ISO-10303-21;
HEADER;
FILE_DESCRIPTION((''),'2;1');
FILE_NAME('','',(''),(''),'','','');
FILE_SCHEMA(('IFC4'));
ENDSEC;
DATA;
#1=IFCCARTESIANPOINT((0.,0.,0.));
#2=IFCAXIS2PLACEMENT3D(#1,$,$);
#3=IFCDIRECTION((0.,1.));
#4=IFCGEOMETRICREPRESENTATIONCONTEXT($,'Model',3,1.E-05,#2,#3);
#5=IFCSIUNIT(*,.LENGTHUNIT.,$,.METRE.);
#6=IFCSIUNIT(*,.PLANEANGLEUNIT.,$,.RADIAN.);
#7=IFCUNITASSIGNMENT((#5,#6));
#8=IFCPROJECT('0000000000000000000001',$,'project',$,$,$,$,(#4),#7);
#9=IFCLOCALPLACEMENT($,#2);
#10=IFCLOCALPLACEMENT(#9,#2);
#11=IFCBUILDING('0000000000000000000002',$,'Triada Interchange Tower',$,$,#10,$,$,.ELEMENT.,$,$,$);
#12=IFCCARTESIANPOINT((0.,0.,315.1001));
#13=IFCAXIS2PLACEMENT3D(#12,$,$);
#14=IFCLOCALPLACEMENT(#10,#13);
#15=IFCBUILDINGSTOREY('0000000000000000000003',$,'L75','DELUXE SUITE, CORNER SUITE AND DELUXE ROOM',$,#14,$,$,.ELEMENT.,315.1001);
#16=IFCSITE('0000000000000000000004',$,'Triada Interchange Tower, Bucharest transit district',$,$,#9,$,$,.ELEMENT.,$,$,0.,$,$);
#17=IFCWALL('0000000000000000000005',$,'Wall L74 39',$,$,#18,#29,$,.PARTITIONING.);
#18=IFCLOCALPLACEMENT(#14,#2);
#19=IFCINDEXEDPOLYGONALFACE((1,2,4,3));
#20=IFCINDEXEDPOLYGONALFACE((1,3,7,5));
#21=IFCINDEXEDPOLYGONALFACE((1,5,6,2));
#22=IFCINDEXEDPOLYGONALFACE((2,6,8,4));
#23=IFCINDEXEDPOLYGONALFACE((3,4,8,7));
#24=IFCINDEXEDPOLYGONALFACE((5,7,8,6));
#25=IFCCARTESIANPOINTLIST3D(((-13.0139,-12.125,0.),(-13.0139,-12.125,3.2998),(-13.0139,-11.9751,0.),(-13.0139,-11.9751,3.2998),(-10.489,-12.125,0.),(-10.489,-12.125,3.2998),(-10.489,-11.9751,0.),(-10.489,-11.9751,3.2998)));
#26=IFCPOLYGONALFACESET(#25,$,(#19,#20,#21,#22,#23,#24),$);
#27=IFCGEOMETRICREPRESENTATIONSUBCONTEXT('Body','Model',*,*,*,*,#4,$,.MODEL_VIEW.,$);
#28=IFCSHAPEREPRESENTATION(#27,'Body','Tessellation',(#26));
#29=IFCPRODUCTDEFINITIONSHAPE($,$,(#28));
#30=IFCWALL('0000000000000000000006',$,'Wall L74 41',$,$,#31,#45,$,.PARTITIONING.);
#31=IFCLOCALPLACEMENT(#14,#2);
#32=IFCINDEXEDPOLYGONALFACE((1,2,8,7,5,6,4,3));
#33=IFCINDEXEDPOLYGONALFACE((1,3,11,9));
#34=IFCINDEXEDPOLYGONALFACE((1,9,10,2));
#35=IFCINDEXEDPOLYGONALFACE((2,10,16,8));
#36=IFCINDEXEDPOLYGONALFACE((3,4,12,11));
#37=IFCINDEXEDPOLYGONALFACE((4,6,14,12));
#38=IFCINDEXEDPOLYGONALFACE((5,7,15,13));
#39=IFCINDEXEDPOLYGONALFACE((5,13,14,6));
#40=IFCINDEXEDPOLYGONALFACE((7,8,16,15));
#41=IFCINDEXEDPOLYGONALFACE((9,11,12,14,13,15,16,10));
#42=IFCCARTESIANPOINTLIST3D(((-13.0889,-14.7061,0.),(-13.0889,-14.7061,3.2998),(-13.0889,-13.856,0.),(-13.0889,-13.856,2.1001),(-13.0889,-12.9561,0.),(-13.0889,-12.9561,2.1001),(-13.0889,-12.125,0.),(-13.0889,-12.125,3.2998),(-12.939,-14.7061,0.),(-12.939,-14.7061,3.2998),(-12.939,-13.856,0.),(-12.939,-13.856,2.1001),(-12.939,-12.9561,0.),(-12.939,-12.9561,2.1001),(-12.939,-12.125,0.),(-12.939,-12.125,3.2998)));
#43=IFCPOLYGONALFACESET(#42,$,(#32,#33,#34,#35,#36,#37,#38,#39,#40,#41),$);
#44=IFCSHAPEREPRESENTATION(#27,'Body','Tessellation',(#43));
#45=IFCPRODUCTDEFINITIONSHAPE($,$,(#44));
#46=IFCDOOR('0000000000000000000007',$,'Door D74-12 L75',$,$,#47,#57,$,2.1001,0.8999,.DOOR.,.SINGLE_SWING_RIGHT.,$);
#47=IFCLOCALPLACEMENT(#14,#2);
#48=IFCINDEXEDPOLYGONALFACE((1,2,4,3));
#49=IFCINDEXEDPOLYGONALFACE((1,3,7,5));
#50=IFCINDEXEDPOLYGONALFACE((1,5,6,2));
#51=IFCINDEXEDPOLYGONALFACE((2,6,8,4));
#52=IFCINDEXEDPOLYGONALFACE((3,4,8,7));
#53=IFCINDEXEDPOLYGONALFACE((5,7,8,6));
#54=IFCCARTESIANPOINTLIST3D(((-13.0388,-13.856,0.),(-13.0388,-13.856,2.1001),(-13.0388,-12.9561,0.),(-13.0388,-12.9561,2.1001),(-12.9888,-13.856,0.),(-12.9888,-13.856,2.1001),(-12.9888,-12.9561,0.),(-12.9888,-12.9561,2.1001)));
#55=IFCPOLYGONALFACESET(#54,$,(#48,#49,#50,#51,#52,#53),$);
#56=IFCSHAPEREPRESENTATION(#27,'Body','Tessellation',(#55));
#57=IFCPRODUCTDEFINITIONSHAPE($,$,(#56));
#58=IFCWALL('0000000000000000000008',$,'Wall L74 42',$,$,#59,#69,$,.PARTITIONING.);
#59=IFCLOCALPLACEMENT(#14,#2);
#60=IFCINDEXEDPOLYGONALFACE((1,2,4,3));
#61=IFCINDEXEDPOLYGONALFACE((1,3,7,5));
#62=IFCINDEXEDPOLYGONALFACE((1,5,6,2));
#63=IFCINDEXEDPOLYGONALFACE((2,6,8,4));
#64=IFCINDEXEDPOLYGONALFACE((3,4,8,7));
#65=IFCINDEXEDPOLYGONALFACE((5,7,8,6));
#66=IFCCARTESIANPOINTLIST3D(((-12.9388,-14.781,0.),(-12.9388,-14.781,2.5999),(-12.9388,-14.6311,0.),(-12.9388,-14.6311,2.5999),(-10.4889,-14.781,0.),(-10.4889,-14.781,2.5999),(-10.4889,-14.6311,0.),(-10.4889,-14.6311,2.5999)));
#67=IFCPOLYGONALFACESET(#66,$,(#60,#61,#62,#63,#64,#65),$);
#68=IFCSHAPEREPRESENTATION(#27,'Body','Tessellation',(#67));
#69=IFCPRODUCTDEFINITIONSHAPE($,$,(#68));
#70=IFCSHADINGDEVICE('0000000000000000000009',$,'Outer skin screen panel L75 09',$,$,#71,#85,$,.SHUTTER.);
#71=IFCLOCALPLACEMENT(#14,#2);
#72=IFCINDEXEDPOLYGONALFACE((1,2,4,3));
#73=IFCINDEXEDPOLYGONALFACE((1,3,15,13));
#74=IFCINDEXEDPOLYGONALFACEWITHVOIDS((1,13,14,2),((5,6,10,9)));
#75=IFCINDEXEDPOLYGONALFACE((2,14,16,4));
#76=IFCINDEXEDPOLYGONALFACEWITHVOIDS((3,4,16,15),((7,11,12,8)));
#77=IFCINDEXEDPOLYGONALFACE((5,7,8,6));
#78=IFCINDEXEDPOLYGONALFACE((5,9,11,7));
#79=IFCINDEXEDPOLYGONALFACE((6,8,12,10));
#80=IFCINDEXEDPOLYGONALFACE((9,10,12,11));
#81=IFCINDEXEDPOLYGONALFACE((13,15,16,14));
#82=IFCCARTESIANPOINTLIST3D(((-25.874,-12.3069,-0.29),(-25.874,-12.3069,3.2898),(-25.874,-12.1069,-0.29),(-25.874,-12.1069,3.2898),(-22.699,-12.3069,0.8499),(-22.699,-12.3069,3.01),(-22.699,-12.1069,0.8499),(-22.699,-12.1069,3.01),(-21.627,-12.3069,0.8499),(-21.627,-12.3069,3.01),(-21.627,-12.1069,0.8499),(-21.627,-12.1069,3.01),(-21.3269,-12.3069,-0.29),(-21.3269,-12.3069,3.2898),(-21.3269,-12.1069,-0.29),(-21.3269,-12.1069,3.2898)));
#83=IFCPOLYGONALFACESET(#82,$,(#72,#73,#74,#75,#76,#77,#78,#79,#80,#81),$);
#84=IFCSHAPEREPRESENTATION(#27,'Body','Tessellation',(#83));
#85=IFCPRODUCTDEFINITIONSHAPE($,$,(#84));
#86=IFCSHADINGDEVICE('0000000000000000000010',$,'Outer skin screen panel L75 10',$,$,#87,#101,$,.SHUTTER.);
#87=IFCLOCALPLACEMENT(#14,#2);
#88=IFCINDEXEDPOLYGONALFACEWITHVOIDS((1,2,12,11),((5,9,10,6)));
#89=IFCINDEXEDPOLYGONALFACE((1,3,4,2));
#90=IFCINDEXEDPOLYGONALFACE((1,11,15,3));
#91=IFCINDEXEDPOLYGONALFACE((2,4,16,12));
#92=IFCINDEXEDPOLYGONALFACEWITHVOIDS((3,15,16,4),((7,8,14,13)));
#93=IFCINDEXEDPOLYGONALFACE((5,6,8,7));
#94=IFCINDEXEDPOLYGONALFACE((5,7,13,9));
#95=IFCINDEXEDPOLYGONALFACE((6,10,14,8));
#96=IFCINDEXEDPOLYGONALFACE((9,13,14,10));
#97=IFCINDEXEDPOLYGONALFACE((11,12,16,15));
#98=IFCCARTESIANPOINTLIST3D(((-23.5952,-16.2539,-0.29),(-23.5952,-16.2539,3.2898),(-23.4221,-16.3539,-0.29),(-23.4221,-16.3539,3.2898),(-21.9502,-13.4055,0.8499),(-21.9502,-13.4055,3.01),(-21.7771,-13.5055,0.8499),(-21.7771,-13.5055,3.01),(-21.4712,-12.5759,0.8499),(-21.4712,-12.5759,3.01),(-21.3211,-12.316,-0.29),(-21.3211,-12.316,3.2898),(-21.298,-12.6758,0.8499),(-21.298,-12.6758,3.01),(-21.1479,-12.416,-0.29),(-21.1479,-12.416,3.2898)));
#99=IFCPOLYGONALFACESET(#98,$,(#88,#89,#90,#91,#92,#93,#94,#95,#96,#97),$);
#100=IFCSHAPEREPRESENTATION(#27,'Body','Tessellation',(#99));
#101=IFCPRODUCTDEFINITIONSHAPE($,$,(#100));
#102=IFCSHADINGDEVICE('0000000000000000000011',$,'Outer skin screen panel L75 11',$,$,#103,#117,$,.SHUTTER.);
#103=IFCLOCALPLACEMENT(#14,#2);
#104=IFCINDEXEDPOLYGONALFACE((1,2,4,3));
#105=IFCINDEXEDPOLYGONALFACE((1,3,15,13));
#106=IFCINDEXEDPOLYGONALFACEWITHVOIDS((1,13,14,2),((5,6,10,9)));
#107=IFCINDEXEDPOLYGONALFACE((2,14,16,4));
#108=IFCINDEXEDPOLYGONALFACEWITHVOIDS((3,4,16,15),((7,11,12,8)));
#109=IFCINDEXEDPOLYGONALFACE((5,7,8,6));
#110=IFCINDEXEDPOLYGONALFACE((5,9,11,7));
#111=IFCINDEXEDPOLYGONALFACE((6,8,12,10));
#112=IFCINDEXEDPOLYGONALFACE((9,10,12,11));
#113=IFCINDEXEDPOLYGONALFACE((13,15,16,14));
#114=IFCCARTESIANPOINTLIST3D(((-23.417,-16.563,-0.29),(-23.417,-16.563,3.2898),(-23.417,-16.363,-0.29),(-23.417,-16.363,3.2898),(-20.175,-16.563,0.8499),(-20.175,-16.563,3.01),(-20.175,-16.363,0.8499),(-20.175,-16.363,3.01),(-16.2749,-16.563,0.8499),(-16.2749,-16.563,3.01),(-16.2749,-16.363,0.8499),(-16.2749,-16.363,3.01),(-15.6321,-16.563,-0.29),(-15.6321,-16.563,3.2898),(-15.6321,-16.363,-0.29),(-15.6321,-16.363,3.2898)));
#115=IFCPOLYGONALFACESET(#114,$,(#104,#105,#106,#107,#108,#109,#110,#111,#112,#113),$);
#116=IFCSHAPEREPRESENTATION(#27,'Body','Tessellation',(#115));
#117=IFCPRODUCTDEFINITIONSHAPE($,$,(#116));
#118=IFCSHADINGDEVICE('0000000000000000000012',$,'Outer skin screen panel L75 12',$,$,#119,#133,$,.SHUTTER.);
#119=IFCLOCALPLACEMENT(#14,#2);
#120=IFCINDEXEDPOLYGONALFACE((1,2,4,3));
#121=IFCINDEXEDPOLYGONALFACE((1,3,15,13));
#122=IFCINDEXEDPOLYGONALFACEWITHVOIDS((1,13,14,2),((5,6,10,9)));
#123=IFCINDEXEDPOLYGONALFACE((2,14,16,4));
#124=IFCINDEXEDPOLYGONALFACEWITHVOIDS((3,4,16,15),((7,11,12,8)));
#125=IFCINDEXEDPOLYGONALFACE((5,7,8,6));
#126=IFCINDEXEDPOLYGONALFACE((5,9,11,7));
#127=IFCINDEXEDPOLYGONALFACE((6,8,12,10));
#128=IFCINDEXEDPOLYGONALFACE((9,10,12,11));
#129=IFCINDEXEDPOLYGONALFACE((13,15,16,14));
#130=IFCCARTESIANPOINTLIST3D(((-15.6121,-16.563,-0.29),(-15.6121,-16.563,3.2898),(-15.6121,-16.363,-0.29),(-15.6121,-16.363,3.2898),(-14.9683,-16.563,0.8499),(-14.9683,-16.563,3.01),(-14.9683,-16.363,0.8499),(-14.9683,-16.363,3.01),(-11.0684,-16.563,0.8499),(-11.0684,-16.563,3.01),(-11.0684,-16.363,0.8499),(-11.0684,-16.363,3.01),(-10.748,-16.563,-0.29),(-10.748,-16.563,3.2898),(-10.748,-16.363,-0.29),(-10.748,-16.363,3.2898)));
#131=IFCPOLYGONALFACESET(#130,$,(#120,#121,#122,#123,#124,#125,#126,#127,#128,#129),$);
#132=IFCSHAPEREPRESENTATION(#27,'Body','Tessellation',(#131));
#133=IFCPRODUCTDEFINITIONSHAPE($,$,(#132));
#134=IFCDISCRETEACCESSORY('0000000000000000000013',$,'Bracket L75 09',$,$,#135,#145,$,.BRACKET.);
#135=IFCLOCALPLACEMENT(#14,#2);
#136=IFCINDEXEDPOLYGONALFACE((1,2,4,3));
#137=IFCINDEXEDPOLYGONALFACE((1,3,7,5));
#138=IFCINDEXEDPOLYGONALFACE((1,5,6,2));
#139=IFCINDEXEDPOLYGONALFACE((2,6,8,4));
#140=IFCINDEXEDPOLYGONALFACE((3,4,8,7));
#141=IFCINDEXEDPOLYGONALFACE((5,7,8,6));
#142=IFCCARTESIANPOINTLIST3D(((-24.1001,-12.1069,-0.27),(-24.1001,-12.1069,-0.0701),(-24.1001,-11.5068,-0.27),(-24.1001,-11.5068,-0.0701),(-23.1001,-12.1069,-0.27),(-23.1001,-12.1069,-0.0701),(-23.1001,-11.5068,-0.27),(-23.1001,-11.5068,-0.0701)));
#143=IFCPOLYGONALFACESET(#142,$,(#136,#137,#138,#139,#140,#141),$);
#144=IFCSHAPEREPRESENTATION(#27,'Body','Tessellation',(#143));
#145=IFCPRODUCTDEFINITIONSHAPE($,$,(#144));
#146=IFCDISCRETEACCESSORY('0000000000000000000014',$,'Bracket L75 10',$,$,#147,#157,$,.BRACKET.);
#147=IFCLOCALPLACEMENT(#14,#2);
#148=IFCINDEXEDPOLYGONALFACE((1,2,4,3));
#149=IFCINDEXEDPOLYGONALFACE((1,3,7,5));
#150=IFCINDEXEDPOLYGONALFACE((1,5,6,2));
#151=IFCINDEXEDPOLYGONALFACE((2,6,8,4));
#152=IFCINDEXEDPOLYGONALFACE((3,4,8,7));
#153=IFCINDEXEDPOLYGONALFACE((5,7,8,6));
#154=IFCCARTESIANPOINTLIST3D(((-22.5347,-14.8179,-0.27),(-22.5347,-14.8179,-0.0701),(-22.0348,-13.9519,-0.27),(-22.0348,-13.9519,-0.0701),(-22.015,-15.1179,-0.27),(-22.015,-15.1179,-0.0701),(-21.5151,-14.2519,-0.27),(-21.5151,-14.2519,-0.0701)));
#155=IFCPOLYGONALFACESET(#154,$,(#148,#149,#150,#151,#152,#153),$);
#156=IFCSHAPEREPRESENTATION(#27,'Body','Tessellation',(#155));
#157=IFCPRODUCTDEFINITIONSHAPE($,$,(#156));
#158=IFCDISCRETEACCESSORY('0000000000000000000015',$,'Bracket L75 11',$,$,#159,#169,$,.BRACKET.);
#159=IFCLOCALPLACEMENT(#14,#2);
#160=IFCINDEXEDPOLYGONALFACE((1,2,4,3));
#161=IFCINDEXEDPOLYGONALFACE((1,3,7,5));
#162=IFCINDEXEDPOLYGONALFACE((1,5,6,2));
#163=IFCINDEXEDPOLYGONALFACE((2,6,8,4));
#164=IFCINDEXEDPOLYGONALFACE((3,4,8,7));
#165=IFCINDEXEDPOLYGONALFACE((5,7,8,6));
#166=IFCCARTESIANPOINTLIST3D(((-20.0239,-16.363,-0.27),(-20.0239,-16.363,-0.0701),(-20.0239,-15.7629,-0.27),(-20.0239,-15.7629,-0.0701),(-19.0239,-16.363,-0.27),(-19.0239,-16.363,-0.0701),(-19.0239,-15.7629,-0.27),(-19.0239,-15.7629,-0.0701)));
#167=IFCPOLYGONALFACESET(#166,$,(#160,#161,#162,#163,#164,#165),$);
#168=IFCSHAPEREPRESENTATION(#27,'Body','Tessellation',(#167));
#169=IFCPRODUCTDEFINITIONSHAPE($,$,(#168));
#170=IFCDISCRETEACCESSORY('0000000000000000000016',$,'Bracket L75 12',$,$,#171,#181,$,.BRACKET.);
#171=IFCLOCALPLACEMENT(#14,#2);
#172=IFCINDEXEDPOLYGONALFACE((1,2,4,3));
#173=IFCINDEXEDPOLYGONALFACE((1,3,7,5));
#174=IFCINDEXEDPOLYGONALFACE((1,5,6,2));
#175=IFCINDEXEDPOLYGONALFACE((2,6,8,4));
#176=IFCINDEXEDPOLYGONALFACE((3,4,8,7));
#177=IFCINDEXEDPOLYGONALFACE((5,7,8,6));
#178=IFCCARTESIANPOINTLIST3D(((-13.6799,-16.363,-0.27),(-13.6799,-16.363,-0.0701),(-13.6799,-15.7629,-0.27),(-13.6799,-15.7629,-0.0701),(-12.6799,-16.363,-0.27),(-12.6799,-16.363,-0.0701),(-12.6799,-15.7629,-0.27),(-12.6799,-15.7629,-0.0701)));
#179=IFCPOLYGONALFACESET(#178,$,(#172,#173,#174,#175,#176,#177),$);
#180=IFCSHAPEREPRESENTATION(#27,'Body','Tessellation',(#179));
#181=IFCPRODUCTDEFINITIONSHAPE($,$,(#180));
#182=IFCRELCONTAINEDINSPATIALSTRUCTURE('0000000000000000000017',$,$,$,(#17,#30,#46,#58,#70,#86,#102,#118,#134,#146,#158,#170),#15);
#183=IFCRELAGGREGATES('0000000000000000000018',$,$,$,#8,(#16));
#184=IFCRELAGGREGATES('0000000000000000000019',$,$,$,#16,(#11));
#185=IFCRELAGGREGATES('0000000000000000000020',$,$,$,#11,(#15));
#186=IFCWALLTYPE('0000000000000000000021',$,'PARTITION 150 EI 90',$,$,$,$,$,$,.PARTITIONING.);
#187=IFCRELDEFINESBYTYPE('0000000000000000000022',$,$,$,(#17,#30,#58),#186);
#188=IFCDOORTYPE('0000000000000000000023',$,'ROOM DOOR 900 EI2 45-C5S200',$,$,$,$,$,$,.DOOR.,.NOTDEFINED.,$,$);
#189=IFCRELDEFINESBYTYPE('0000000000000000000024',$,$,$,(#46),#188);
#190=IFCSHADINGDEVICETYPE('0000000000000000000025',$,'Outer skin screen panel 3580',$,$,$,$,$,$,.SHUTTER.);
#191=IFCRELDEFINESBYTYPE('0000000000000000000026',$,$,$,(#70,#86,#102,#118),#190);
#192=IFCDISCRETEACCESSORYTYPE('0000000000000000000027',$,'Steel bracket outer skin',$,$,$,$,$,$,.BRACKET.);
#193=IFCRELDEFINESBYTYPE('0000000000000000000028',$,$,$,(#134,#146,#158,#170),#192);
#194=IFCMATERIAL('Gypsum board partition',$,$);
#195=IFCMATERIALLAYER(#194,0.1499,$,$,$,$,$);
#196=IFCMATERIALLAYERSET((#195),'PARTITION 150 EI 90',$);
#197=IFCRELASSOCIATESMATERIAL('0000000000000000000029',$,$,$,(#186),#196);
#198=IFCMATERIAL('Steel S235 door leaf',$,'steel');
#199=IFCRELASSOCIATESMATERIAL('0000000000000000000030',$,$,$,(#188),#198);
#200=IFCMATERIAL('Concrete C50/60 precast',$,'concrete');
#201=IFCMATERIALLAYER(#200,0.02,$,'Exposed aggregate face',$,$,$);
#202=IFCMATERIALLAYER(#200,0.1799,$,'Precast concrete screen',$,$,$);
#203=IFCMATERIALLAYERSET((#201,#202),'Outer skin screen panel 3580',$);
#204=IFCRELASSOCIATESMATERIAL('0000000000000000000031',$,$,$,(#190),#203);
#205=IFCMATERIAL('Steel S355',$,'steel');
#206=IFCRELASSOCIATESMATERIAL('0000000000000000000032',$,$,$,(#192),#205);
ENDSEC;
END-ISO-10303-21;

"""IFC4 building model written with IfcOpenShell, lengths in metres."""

from ifc_helpers import new_model, si_unit, direction, frame, frame_2d, origin, origin_2d, place, context, subcontext, project, spatial, polyline, rectangle, outline, extrude, material, layer, layer_set, type_object, element, fill, save


model = new_model("IFC4")

# Units and contexts
model_context = context("Model", 3, precision=1e-05, world=origin(), true_north=direction((0.0, 1.0)))
body_context = subcontext(model_context, "Body", "Model", "MODEL_VIEW")
ifc_project = project(units=[si_unit("LENGTHUNIT", "METRE"), si_unit("PLANEANGLEUNIT", "RADIAN")], contexts=[model_context])

# Site, building, storey
site_placement = place(None, origin())
site = spatial("IfcSite", under=ifc_project, at=site_placement, Name="Triada Interchange Tower, Bucharest transit district", CompositionType="ELEMENT", RefElevation=0.0)
building_placement = place(site_placement, origin())
building = spatial("IfcBuilding", under=site, at=building_placement, Name="Triada Interchange Tower", CompositionType="ELEMENT")
storey_placement = place(building_placement, frame((0.0, 0.0, 315.1001)))
storey = spatial("IfcBuildingStorey", under=building, at=storey_placement, Name="L75", Description="DELUXE SUITE, CORNER SUITE AND DELUXE ROOM", CompositionType="ELEMENT", Elevation=315.1001)

# Wall
ifc_material_1 = material(Name="Gypsum board partition")
ifc_layer_1 = layer(ifc_material_1, 0.1499)
ifc_layer_set_1 = layer_set([ifc_layer_1], Name="PARTITION 150 EI 90")
wall_type_1 = type_object("IfcWallType", Name="PARTITION 150 EI 90", PredefinedType="PARTITIONING", material=ifc_layer_set_1)
wall_1_placement = place(storey_placement, frame((-13.0139, -12.05, 0.0), z_axis=(0.0, 0.0, 1.0), x_axis=(1.0, 0.0, 0.0)))
element("IfcWall", 1, at=wall_1_placement, inside=storey, type_object=wall_type_1, Name="Wall L74 39", PredefinedType="PARTITIONING", context=body_context, shape_type="SweptSolid", body=[
    extrude(rectangle(XDim=2.5249, YDim=0.1499, at=frame_2d((1.2625, 0.0))), origin(), (0.0, 0.0, 1.0), 3.2998),
])

# Wall, opening, door
wall_2_placement = place(storey_placement, frame((-13.0139, -14.7061, 0.0), z_axis=(0.0, 0.0, 1.0), x_axis=(0.0, 1.0, 0.0)))
wall_2 = element("IfcWall", 2, at=wall_2_placement, inside=storey, type_object=wall_type_1, Name="Wall L74 41", PredefinedType="PARTITIONING", context=body_context, shape_type="SweptSolid", body=[
    extrude(rectangle(XDim=2.5811, YDim=0.1499, at=frame_2d((1.2905, 0.0))), origin(), (0.0, 0.0, 1.0), 3.2998),
])
opening_1_placement = place(wall_2_placement, frame((0.8501, 0.0, 0.0)))
opening_1 = element("IfcOpeningElement", 3, at=opening_1_placement, cuts=wall_2, PredefinedType="OPENING", context=body_context, shape_type="SweptSolid", body=[
    extrude(rectangle(XDim=0.8999, YDim=2.1001, at=frame_2d((0.45, 1.05))), frame((0.0, 0.085, 0.0), z_axis=(0.0, -1.0, 0.0), x_axis=(1.0, 0.0, 0.0)), (0.0, 0.0, 1.0), 0.1699),
])
ifc_material_2 = material(Name="Steel S235 door leaf", Category="steel")
door_type = type_object("IfcDoorType", Name="ROOM DOOR 900 EI2 45-C5S200", OperationType="NOTDEFINED", PredefinedType="DOOR", material=ifc_material_2)
door_placement = place(opening_1_placement, origin())
door = element("IfcDoor", 4, at=door_placement, inside=storey, type_object=door_type, Name="Door D74-12 L75", OperationType="SINGLE_SWING_RIGHT", OverallHeight=2.1001, OverallWidth=0.8999, PredefinedType="DOOR", context=body_context, shape_type="SweptSolid", body=[
    extrude(rectangle(XDim=0.8999, YDim=2.1001, at=frame_2d((0.45, 1.05))), frame((0.0, 0.0249, 0.0), z_axis=(0.0, -1.0, 0.0), x_axis=(1.0, 0.0, 0.0)), (0.0, 0.0, 1.0), 0.05),
])
fill(opening_1, door)

# Wall
wall_3_placement = place(storey_placement, frame((-12.939, -14.7061, 0.0), z_axis=(0.0, 0.0, 1.0), x_axis=(1.0, 0.0, 0.0)))
element("IfcWall", 5, at=wall_3_placement, inside=storey, type_object=wall_type_1, Name="Wall L74 42", PredefinedType="PARTITIONING", context=body_context, shape_type="SweptSolid", body=[
    extrude(rectangle(XDim=2.45, YDim=0.1499, at=frame_2d((1.2251, 0.0))), origin(), (0.0, 0.0, 1.0), 2.5999),
])

# Shading devices
ifc_material_3 = material(Name="Concrete C50/60 precast", Category="concrete")
ifc_layer_2 = layer(ifc_material_3, 0.02, Name="Exposed aggregate face")
ifc_layer_3 = layer(ifc_material_3, 0.1799, Name="Precast concrete screen")
ifc_layer_set_2 = layer_set([ifc_layer_2, ifc_layer_3], Name="Outer skin screen panel 3580")
shading_device_type = type_object("IfcShadingDeviceType", Name="Outer skin screen panel 3580", PredefinedType="SHUTTER", material=ifc_layer_set_2)
shading_device_1_placement = place(storey_placement, frame((-25.874, -12.1069, -0.29), z_axis=(0.0, 0.0, 1.0), x_axis=(1.0, 0.0, 0.0)))
element("IfcShadingDevice", 6, at=shading_device_1_placement, inside=storey, type_object=shading_device_type, Name="Outer skin screen panel L75 09", PredefinedType="SHUTTER", context=body_context, shape_type="SweptSolid", body=[
    extrude(outline(polyline([(0.0, 0.0), (4.5471, 0.0), (4.5471, 3.5798), (0.0, 3.5798), (0.0, 0.0)]), holes=[polyline([(3.175, 1.1399), (3.175, 3.3), (4.2471, 3.3), (4.2471, 1.1399), (3.175, 1.1399)])]), frame((0.0, 0.0, 0.0), z_axis=(0.0, -1.0, 0.0), x_axis=(1.0, 0.0, 0.0)), (0.0, 0.0, 1.0), 0.2),
])
shading_device_2_placement = place(storey_placement, frame((-21.1479, -12.416, -0.29), z_axis=(0.0, 0.0, 1.0), x_axis=(-0.500094, -0.865971, 0.0)))
element("IfcShadingDevice", 7, at=shading_device_2_placement, inside=storey, type_object=shading_device_type, Name="Outer skin screen panel L75 10", PredefinedType="SHUTTER", context=body_context, shape_type="SweptSolid", body=[
    extrude(outline(polyline([(0.0, 0.0), (4.5474, 0.0), (4.5474, 3.5798), (0.0, 3.5798), (0.0, 0.0)]), holes=[polyline([(0.3, 1.1399), (0.3, 3.3), (1.2581, 3.3), (1.2581, 1.1399), (0.3, 1.1399)])]), frame((0.0, 0.0, 0.0), z_axis=(0.0, -1.0, 0.0), x_axis=(1.0, 0.0, 0.0)), (0.0, 0.0, 1.0), 0.2),
])
shading_device_3_placement = place(storey_placement, frame((-23.417, -16.363, -0.29), z_axis=(0.0, 0.0, 1.0), x_axis=(1.0, 0.0, 0.0)))
element("IfcShadingDevice", 8, at=shading_device_3_placement, inside=storey, type_object=shading_device_type, Name="Outer skin screen panel L75 11", PredefinedType="SHUTTER", context=body_context, shape_type="SweptSolid", body=[
    extrude(outline(polyline([(0.0, 0.0), (7.7849, 0.0), (7.7849, 3.5798), (0.0, 3.5798), (0.0, 0.0)]), holes=[polyline([(3.2419, 1.1399), (3.2419, 3.3), (7.1421, 3.3), (7.1421, 1.1399), (3.2419, 1.1399)])]), frame((0.0, 0.0, 0.0), z_axis=(0.0, -1.0, 0.0), x_axis=(1.0, 0.0, 0.0)), (0.0, 0.0, 1.0), 0.2),
])
shading_device_4_placement = place(storey_placement, frame((-15.6121, -16.363, -0.29), z_axis=(0.0, 0.0, 1.0), x_axis=(1.0, 0.0, 0.0)))
element("IfcShadingDevice", 9, at=shading_device_4_placement, inside=storey, type_object=shading_device_type, Name="Outer skin screen panel L75 12", PredefinedType="SHUTTER", context=body_context, shape_type="SweptSolid", body=[
    extrude(outline(polyline([(0.0, 0.0), (4.864, 0.0), (4.864, 3.5798), (0.0, 3.5798), (0.0, 0.0)]), holes=[polyline([(0.6438, 1.1399), (0.6438, 3.3), (4.5437, 3.3), (4.5437, 1.1399), (0.6438, 1.1399)])]), frame((0.0, 0.0, 0.0), z_axis=(0.0, -1.0, 0.0), x_axis=(1.0, 0.0, 0.0)), (0.0, 0.0, 1.0), 0.2),
])

# Discrete accessories
ifc_material_4 = material(Name="Steel S355", Category="steel")
discrete_accessory_type = type_object("IfcDiscreteAccessoryType", Name="Steel bracket outer skin", PredefinedType="BRACKET", material=ifc_material_4)
for number, where, z_axis, x_axis, name in (
    (10, (-23.6001, -11.8069, -0.27), (0.0, 0.0, 1.0), (0.0, -1.0, 0.0), "Bracket L75 09"),
    (11, (-22.0249, -14.5349, -0.27), (0.0, 0.0, 1.0), (-0.866043, 0.499969, 0.0), "Bracket L75 10"),
    (12, (-19.5239, -16.063, -0.27), (0.0, 0.0, 1.0), (0.0, -1.0, 0.0), "Bracket L75 11"),
    (13, (-13.1799, -16.063, -0.27), (0.0, 0.0, 1.0), (0.0, -1.0, 0.0), "Bracket L75 12"),
):
    element("IfcDiscreteAccessory", number, at=place(storey_placement, frame(where, z_axis=z_axis, x_axis=x_axis)), inside=storey, type_object=discrete_accessory_type, Name=name, PredefinedType="BRACKET", context=body_context, shape_type="SweptSolid", body=[
        extrude(rectangle(XDim=0.6001, YDim=1.0, at=origin_2d()), origin(), (0.0, 0.0, 1.0), 0.2),
    ])

save(model, "model.ifc")
